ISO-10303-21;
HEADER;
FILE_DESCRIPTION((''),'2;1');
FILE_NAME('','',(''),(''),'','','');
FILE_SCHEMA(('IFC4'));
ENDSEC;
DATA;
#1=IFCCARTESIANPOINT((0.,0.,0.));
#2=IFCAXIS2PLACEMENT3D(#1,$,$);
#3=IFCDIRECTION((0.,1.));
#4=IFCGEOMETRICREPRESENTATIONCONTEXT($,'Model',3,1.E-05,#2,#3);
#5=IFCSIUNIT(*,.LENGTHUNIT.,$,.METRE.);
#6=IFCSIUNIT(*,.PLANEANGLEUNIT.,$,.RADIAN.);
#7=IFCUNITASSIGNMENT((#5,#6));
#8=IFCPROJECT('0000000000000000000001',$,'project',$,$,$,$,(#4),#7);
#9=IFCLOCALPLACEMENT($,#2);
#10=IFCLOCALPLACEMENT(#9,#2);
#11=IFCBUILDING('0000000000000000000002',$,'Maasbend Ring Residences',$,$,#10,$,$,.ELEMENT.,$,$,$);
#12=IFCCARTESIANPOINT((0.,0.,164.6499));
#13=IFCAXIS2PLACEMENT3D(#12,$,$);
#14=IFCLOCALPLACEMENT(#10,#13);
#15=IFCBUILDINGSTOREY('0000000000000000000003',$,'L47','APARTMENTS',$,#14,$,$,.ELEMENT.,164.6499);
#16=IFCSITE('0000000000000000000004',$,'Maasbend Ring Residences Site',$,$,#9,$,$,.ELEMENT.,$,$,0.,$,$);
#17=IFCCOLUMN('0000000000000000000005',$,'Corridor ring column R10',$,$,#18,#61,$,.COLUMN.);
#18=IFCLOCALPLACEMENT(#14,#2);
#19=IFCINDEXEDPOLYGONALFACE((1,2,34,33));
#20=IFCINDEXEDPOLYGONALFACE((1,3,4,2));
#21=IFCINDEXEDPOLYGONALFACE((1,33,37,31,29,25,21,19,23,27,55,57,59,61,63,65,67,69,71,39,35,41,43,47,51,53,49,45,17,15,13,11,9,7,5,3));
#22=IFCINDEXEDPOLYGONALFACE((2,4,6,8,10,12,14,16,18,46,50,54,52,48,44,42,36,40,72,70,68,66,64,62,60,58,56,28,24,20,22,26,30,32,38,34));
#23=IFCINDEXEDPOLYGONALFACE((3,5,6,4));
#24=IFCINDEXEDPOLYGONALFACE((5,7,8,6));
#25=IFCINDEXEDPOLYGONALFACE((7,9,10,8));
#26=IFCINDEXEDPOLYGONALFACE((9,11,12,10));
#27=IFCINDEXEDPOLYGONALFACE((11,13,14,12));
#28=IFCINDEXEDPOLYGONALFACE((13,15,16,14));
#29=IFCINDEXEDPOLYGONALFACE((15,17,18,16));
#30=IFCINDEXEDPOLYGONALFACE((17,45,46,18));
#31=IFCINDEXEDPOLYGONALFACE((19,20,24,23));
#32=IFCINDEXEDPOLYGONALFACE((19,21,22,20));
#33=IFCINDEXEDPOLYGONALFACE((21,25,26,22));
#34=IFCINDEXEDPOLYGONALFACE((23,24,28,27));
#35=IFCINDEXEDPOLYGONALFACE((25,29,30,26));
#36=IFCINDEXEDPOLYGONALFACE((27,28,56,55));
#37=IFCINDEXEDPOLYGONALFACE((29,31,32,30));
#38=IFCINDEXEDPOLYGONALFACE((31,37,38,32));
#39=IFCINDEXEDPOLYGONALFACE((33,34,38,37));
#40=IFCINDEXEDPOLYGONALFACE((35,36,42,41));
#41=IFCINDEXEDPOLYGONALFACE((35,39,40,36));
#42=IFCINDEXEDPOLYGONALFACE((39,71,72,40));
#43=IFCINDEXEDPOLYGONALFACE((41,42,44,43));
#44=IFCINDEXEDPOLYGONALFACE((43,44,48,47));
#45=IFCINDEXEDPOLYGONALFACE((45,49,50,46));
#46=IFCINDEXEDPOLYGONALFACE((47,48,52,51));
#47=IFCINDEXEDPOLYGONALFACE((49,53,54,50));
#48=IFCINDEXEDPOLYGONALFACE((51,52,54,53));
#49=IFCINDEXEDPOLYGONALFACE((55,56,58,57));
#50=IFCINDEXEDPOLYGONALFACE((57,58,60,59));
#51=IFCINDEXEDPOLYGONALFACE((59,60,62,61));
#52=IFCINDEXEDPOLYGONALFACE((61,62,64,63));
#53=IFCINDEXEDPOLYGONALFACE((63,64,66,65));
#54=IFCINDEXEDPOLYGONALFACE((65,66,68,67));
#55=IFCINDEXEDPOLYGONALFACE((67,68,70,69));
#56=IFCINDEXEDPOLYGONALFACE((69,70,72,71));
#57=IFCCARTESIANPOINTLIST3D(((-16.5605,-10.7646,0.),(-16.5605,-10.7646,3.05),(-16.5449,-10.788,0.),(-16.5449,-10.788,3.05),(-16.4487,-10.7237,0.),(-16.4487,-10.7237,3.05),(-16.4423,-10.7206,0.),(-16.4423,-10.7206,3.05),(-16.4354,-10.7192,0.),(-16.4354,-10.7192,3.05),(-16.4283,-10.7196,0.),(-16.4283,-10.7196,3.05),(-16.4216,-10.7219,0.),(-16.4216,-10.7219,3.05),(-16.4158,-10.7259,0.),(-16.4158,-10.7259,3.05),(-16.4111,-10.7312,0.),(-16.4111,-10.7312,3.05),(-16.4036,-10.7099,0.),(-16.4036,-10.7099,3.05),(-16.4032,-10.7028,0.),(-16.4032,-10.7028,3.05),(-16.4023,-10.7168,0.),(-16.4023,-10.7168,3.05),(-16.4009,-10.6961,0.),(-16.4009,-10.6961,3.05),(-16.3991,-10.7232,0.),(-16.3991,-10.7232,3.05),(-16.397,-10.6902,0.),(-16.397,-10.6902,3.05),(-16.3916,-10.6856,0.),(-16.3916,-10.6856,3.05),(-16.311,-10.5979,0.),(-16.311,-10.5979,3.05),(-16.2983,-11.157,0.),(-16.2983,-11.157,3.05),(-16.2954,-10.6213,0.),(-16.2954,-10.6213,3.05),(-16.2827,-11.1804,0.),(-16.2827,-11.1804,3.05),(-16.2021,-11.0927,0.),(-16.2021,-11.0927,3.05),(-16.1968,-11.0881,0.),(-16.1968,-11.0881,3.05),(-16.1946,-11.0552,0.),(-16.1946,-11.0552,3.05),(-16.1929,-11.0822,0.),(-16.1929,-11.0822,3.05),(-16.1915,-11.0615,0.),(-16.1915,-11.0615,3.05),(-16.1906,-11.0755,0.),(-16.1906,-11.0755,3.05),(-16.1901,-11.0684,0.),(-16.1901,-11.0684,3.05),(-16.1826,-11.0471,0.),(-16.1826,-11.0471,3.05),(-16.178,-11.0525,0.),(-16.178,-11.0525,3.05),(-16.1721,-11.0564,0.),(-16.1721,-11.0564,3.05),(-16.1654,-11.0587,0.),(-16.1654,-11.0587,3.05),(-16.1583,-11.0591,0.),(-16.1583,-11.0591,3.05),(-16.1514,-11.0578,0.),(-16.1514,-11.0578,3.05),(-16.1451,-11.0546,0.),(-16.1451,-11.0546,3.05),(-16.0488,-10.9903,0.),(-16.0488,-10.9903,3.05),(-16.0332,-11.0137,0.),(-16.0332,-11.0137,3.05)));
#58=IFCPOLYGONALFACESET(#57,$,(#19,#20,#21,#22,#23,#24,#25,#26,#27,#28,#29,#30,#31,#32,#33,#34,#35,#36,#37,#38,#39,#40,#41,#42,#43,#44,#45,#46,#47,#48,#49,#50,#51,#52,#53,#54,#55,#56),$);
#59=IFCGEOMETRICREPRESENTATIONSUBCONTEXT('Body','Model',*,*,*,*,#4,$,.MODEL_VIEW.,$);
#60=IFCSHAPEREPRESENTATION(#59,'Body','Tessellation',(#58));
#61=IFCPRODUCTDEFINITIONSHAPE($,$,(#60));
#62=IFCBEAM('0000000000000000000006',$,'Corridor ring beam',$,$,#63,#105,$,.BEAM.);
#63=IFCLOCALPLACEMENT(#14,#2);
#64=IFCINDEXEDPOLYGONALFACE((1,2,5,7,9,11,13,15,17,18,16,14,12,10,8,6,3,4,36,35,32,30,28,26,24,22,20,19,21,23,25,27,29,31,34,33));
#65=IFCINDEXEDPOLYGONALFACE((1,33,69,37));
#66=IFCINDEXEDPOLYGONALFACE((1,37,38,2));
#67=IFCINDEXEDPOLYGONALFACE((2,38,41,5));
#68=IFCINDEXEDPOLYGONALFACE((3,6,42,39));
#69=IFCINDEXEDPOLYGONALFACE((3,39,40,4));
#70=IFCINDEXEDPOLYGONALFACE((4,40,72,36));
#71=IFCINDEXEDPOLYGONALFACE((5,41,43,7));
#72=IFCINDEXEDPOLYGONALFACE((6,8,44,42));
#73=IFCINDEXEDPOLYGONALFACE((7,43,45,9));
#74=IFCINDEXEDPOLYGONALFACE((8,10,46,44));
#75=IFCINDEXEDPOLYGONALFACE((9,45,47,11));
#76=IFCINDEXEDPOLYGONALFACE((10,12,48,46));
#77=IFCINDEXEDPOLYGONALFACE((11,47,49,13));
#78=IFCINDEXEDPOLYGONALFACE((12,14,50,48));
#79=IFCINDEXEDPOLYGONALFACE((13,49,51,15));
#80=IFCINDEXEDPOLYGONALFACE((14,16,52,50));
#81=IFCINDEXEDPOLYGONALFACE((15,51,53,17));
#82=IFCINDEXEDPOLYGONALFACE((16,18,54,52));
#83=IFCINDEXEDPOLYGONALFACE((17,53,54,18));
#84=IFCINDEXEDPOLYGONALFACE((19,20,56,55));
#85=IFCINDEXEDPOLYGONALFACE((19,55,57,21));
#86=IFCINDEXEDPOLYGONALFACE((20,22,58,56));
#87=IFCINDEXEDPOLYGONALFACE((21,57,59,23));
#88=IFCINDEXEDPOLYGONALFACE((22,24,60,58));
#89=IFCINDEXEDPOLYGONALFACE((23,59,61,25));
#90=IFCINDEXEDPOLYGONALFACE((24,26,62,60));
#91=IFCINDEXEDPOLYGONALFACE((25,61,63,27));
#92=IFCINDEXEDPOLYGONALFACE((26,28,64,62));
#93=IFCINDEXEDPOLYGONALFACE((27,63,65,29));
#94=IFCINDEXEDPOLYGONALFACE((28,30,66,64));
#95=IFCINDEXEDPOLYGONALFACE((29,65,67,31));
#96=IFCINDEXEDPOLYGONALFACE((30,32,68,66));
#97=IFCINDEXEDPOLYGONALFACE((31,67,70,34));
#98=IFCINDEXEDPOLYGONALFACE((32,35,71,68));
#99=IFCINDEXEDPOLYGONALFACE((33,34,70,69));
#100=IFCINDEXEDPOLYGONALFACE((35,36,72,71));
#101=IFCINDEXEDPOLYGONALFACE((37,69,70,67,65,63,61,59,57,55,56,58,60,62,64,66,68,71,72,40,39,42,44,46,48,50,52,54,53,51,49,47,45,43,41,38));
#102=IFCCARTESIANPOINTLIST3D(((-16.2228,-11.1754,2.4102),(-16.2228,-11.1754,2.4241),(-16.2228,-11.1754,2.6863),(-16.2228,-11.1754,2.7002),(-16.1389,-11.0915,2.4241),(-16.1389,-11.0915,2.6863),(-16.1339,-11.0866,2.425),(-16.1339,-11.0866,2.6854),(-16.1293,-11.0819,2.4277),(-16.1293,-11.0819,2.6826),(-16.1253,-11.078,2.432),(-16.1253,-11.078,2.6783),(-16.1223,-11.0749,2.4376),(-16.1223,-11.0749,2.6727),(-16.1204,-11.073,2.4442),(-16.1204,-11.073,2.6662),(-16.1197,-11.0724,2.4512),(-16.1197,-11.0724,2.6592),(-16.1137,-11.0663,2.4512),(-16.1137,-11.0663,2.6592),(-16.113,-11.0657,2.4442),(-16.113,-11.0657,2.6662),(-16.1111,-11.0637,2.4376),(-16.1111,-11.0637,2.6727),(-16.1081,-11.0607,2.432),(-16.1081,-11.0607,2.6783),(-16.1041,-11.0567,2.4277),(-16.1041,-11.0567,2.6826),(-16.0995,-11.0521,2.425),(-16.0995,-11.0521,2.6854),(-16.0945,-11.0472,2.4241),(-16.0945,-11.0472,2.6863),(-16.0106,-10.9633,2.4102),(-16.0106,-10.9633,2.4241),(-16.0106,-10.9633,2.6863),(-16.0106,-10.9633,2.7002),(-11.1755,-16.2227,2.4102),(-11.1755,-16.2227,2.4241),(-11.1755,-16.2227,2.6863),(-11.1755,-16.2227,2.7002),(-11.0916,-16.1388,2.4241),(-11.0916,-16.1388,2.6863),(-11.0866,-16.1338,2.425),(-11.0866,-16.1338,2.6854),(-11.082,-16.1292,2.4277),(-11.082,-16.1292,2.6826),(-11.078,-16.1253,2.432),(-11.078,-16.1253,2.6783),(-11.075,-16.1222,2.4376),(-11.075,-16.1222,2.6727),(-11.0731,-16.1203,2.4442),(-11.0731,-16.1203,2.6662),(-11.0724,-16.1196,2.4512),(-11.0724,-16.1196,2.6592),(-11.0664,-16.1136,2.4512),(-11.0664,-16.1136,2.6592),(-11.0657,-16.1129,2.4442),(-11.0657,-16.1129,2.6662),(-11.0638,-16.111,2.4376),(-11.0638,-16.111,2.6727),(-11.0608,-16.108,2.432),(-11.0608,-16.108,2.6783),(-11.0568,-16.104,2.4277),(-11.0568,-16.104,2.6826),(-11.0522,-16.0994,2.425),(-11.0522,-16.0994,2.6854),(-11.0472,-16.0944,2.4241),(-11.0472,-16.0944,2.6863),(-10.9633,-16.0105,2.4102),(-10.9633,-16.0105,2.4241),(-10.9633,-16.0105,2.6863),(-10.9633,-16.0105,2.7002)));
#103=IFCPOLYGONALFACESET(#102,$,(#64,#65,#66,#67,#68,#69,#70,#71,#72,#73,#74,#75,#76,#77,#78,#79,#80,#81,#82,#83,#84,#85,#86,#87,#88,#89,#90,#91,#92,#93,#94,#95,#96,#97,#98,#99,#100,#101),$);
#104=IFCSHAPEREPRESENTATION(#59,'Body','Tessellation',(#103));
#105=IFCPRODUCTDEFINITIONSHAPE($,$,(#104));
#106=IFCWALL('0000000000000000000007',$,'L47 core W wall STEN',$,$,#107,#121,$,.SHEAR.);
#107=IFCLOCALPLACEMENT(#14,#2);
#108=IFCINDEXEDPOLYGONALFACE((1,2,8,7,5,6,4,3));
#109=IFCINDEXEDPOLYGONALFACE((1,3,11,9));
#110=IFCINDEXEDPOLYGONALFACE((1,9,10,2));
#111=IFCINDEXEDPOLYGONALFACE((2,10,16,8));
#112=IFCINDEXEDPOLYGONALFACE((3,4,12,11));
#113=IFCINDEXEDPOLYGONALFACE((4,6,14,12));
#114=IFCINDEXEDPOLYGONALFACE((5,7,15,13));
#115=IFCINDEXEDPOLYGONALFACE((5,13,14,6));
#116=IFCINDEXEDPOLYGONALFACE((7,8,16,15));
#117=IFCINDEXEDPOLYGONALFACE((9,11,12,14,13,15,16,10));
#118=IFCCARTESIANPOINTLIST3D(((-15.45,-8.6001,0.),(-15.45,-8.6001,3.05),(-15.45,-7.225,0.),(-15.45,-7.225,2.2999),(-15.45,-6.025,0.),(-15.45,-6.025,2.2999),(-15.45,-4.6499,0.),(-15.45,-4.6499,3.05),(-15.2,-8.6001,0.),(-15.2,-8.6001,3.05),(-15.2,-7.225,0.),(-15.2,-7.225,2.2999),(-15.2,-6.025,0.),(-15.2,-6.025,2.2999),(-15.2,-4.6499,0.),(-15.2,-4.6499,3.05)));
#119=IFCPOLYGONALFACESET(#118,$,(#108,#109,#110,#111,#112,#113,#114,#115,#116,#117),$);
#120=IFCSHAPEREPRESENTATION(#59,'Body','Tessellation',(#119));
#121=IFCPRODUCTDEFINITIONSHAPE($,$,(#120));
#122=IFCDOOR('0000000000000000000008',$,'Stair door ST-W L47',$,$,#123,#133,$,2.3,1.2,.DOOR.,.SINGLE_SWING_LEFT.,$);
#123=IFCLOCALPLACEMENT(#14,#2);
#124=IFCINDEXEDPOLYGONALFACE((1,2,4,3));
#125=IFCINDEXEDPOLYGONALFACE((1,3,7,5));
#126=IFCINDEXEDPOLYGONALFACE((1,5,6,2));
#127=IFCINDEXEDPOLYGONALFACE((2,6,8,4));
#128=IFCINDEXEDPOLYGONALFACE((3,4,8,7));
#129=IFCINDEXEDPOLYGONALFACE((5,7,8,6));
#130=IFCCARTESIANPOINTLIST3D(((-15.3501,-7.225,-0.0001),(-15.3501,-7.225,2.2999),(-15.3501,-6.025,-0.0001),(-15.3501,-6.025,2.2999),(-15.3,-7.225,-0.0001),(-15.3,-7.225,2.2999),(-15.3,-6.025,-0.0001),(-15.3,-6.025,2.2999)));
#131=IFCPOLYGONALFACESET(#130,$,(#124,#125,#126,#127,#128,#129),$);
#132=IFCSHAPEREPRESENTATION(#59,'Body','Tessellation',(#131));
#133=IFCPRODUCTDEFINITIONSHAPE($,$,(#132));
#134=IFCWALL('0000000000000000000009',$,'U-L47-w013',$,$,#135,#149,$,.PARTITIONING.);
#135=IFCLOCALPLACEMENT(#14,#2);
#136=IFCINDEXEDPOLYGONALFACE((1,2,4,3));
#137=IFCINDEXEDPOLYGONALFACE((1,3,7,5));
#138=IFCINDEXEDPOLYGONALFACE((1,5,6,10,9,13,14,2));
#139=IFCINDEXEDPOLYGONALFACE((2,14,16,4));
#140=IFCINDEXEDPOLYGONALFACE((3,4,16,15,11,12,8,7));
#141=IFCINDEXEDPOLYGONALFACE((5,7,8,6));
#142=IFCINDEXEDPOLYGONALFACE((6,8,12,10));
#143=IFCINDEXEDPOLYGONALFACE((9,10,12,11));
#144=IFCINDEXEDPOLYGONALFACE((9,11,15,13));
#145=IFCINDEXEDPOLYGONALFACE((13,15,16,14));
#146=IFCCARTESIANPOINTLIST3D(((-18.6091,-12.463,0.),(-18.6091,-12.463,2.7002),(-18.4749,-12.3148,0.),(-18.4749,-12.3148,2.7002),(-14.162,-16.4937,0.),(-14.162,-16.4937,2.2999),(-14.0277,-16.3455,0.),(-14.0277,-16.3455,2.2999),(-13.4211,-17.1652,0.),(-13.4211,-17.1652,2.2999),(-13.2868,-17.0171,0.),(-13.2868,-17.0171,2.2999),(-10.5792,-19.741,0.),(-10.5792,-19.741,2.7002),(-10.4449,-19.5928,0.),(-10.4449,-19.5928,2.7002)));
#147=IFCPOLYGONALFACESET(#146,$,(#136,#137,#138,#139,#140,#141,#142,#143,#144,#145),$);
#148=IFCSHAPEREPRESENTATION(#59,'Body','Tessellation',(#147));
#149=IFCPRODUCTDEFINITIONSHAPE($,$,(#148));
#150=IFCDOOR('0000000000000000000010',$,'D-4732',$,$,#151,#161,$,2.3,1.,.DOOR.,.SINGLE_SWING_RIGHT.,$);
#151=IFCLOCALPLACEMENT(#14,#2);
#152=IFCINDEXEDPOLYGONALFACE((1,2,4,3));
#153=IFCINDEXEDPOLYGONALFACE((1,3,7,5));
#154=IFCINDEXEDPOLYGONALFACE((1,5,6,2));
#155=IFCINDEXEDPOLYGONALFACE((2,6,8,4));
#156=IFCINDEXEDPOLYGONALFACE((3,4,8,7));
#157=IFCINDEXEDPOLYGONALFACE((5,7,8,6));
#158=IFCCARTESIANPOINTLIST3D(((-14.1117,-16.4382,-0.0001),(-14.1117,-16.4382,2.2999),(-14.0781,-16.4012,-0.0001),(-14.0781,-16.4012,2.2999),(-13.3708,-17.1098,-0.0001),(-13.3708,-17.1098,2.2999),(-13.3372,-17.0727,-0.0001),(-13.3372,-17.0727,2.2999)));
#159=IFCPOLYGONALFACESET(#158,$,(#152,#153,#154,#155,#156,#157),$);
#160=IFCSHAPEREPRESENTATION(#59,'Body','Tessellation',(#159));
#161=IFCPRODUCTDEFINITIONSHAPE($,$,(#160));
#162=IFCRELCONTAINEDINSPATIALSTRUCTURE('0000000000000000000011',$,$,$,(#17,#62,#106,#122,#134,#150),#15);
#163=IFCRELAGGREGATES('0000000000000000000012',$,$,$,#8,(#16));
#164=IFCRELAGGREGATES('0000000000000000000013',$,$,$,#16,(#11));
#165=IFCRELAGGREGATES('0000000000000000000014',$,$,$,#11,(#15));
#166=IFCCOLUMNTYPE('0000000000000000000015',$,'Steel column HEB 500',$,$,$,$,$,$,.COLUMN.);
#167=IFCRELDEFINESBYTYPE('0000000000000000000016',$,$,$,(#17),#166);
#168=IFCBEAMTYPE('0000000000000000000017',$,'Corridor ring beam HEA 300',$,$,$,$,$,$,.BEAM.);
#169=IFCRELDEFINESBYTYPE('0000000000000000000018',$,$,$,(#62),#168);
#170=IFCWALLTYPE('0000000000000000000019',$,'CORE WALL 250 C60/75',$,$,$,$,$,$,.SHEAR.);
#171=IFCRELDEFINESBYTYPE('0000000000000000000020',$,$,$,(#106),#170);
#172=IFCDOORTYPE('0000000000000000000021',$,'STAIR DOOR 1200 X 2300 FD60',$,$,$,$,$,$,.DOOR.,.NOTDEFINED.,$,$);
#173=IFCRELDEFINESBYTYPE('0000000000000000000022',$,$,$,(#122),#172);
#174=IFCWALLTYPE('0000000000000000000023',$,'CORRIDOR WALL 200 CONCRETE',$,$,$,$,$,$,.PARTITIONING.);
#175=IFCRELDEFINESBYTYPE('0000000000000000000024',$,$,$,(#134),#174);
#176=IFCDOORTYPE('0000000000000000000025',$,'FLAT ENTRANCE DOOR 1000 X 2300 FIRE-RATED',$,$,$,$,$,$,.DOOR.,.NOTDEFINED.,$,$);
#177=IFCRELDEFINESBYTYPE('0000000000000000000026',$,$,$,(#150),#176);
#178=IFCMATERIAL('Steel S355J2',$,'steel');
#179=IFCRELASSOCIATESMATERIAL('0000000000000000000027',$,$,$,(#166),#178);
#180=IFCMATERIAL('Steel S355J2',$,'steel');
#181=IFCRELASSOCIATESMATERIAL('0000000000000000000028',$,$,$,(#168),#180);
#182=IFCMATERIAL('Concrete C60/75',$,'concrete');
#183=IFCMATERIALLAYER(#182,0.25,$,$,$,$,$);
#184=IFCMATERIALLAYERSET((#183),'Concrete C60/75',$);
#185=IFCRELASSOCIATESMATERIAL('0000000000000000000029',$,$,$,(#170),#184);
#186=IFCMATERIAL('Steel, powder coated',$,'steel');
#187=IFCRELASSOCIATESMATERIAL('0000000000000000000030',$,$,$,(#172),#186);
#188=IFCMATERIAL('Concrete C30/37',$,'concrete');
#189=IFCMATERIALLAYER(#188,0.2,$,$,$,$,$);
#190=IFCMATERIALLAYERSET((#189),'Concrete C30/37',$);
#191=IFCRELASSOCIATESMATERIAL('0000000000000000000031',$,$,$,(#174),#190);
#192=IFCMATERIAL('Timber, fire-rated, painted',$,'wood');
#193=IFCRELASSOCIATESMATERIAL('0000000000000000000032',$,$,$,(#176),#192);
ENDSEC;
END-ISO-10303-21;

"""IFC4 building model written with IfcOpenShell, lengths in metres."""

from ifc_helpers import new_model, si_unit, direction, frame, frame_2d, origin, origin_2d, place, context, subcontext, project, spatial, rectangle, i_section, extrude, material, layer, layer_set, material_profile, profile_set, type_object, element, fill, save


model = new_model("IFC4")

# Units and contexts
model_context = context("Model", 3, precision=1e-05, world=origin(), true_north=direction((0.0, 1.0)))
body_context = subcontext(model_context, "Body", "Model", "MODEL_VIEW")
ifc_project = project(units=[si_unit("LENGTHUNIT", "METRE"), si_unit("PLANEANGLEUNIT", "RADIAN")], contexts=[model_context])

# Site, building, storey
site_placement = place(None, origin())
site = spatial("IfcSite", under=ifc_project, at=site_placement, Name="Maasbend Ring Residences Site", CompositionType="ELEMENT", RefElevation=0.0)
building_placement = place(site_placement, origin())
building = spatial("IfcBuilding", under=site, at=building_placement, Name="Maasbend Ring Residences", CompositionType="ELEMENT")
storey_placement = place(building_placement, frame((0.0, 0.0, 164.6499)))
storey = spatial("IfcBuildingStorey", under=building, at=storey_placement, Name="L47", Description="APARTMENTS", CompositionType="ELEMENT", Elevation=164.6499)

# Column
ifc_material_1 = material(Name="Steel S355J2", Category="steel")
ifc_material_profile_1 = material_profile(ifc_material_1, i_section(OverallWidth=0.3, OverallDepth=0.5, WebThickness=0.0144, FlangeThickness=0.0281, FilletRadius=0.0271, at=origin_2d()), Name="HEB 500")
ifc_profile_set_1 = profile_set([ifc_material_profile_1], Name="Steel S355J2")
column_type = type_object("IfcColumnType", Name="Steel column HEB 500", PredefinedType="COLUMN", material=ifc_profile_set_1)
column_placement = place(storey_placement, frame((-16.2969, -10.8892, 0.0), z_axis=(0.0, 0.0, 1.0), x_axis=(-0.83147, -0.55557, 0.0)))
element("IfcColumn", 1, at=column_placement, inside=storey, type_object=column_type, Name="Corridor ring column R10", PredefinedType="COLUMN", context=body_context, shape_type="SweptSolid", body=[
    extrude(i_section(OverallWidth=0.3, OverallDepth=0.5, WebThickness=0.0144, FlangeThickness=0.0281, FilletRadius=0.0271, at=origin_2d()), origin(), (0.0, 0.0, 1.0), 3.05),
])

# Beam
ifc_material_2 = material(Name="Steel S355J2", Category="steel")
ifc_material_profile_2 = material_profile(ifc_material_2, i_section(OverallWidth=0.3, OverallDepth=0.29, WebThickness=0.0085, FlangeThickness=0.0139, FilletRadius=0.0271, at=origin_2d()), Name="HEA 300")
ifc_profile_set_2 = profile_set([ifc_material_profile_2], Name="Steel S355J2")
beam_type = type_object("IfcBeamType", Name="Corridor ring beam HEA 300", PredefinedType="BEAM", material=ifc_profile_set_2)
beam_placement = place(storey_placement, frame((-16.1167, -11.0693, 2.5552), z_axis=(0.707107, -0.707107, 0.0), x_axis=(0.707107, 0.707107, 0.0)))
element("IfcBeam", 2, at=beam_placement, inside=storey, type_object=beam_type, Name="Corridor ring beam", PredefinedType="BEAM", context=body_context, shape_type="SweptSolid", body=[
    extrude(i_section(OverallWidth=0.3, OverallDepth=0.29, WebThickness=0.0085, FlangeThickness=0.0139, FilletRadius=0.0271, at=origin_2d()), origin(), (0.0, 0.0, 1.0), 7.1379),
])

# Walls, openings, doors
ifc_material_3 = material(Name="Concrete C60/75", Category="concrete")
ifc_layer_1 = layer(ifc_material_3, 0.25)
ifc_layer_set_1 = layer_set([ifc_layer_1], Name="Concrete C60/75")
wall_type_1 = type_object("IfcWallType", Name="CORE WALL 250 C60/75", PredefinedType="SHEAR", material=ifc_layer_set_1)
wall_1_placement = place(storey_placement, frame((-15.325, -4.6499, 0.0), z_axis=(0.0, 0.0, 1.0), x_axis=(0.0, -1.0, 0.0)))
wall_1 = element("IfcWall", 3, at=wall_1_placement, inside=storey, type_object=wall_type_1, Name="L47 core W wall STEN", PredefinedType="SHEAR", context=body_context, shape_type="SweptSolid", body=[
    extrude(rectangle(XDim=3.9502, YDim=0.25, at=frame_2d((1.9751, 0.0))), origin(), (0.0, 0.0, 1.0), 3.05),
])
opening_1_placement = place(wall_1_placement, frame((1.375, 0.0, 0.0)))
opening_1 = element("IfcOpeningElement", 4, at=opening_1_placement, cuts=wall_1, PredefinedType="OPENING", context=body_context, shape_type="SweptSolid", body=[
    extrude(rectangle(XDim=1.2, YDim=2.3, at=frame_2d((0.6001, 1.1499))), frame((0.0, 0.135, 0.0), z_axis=(0.0, -1.0, 0.0), x_axis=(1.0, 0.0, 0.0)), (0.0, 0.0, 1.0), 0.27),
])
ifc_material_4 = material(Name="Steel, powder coated", Category="steel")
door_type_1 = type_object("IfcDoorType", Name="STAIR DOOR 1200 X 2300 FD60", OperationType="NOTDEFINED", PredefinedType="DOOR", material=ifc_material_4)
door_1_placement = place(opening_1_placement, origin())
door_1 = element("IfcDoor", 5, at=door_1_placement, inside=storey, type_object=door_type_1, Name="Stair door ST-W L47", OperationType="SINGLE_SWING_LEFT", OverallHeight=2.3, OverallWidth=1.2, PredefinedType="DOOR", context=body_context, shape_type="SweptSolid", body=[
    extrude(rectangle(XDim=1.2, YDim=2.3, at=frame_2d((0.6001, 1.1499))), frame((0.0, 0.0249, 0.0), z_axis=(0.0, -1.0, 0.0), x_axis=(1.0, 0.0, 0.0)), (0.0, 0.0, 1.0), 0.05),
])
fill(opening_1, door_1)
ifc_material_5 = material(Name="Concrete C30/37", Category="concrete")
ifc_layer_2 = layer(ifc_material_5, 0.2)
ifc_layer_set_2 = layer_set([ifc_layer_2], Name="Concrete C30/37")
wall_type_2 = type_object("IfcWallType", Name="CORRIDOR WALL 200 CONCRETE", PredefinedType="PARTITIONING", material=ifc_layer_set_2)
wall_2_placement = place(storey_placement, frame((-18.542, -12.3889, 0.0), z_axis=(0.0, 0.0, 1.0), x_axis=(0.740947, -0.671563, 0.0)))
wall_2 = element("IfcWall", 6, at=wall_2_placement, inside=storey, type_object=wall_type_2, Name="U-L47-w013", PredefinedType="PARTITIONING", context=body_context, shape_type="SweptSolid", body=[
    extrude(rectangle(XDim=10.8374, YDim=0.2, at=frame_2d((5.4187, 0.0))), origin(), (0.0, 0.0, 1.0), 2.7002),
])
opening_2_placement = place(wall_2_placement, frame((6.002, 0.0, 0.0)))
opening_2 = element("IfcOpeningElement", 7, at=opening_2_placement, cuts=wall_2, PredefinedType="OPENING", context=body_context, shape_type="SweptSolid", body=[
    extrude(rectangle(XDim=1.0, YDim=2.3, at=frame_2d((0.5, 1.1499))), frame((0.0, 0.1099, 0.0), z_axis=(0.0, -1.0, 0.0), x_axis=(1.0, 0.0, 0.0)), (0.0, 0.0, 1.0), 0.22),
])
ifc_material_6 = material(Name="Timber, fire-rated, painted", Category="wood")
door_type_2 = type_object("IfcDoorType", Name="FLAT ENTRANCE DOOR 1000 X 2300 FIRE-RATED", OperationType="NOTDEFINED", PredefinedType="DOOR", material=ifc_material_6)
door_2_placement = place(opening_2_placement, origin())
door_2 = element("IfcDoor", 8, at=door_2_placement, inside=storey, type_object=door_type_2, Name="D-4732", OperationType="SINGLE_SWING_RIGHT", OverallHeight=2.3, OverallWidth=1.0, PredefinedType="DOOR", context=body_context, shape_type="SweptSolid", body=[
    extrude(rectangle(XDim=1.0, YDim=2.3, at=frame_2d((0.5, 1.1499))), frame((0.0, 0.0249, 0.0), z_axis=(0.0, -1.0, 0.0), x_axis=(1.0, 0.0, 0.0)), (0.0, 0.0, 1.0), 0.05),
])
fill(opening_2, door_2)

save(model, "model.ifc")
